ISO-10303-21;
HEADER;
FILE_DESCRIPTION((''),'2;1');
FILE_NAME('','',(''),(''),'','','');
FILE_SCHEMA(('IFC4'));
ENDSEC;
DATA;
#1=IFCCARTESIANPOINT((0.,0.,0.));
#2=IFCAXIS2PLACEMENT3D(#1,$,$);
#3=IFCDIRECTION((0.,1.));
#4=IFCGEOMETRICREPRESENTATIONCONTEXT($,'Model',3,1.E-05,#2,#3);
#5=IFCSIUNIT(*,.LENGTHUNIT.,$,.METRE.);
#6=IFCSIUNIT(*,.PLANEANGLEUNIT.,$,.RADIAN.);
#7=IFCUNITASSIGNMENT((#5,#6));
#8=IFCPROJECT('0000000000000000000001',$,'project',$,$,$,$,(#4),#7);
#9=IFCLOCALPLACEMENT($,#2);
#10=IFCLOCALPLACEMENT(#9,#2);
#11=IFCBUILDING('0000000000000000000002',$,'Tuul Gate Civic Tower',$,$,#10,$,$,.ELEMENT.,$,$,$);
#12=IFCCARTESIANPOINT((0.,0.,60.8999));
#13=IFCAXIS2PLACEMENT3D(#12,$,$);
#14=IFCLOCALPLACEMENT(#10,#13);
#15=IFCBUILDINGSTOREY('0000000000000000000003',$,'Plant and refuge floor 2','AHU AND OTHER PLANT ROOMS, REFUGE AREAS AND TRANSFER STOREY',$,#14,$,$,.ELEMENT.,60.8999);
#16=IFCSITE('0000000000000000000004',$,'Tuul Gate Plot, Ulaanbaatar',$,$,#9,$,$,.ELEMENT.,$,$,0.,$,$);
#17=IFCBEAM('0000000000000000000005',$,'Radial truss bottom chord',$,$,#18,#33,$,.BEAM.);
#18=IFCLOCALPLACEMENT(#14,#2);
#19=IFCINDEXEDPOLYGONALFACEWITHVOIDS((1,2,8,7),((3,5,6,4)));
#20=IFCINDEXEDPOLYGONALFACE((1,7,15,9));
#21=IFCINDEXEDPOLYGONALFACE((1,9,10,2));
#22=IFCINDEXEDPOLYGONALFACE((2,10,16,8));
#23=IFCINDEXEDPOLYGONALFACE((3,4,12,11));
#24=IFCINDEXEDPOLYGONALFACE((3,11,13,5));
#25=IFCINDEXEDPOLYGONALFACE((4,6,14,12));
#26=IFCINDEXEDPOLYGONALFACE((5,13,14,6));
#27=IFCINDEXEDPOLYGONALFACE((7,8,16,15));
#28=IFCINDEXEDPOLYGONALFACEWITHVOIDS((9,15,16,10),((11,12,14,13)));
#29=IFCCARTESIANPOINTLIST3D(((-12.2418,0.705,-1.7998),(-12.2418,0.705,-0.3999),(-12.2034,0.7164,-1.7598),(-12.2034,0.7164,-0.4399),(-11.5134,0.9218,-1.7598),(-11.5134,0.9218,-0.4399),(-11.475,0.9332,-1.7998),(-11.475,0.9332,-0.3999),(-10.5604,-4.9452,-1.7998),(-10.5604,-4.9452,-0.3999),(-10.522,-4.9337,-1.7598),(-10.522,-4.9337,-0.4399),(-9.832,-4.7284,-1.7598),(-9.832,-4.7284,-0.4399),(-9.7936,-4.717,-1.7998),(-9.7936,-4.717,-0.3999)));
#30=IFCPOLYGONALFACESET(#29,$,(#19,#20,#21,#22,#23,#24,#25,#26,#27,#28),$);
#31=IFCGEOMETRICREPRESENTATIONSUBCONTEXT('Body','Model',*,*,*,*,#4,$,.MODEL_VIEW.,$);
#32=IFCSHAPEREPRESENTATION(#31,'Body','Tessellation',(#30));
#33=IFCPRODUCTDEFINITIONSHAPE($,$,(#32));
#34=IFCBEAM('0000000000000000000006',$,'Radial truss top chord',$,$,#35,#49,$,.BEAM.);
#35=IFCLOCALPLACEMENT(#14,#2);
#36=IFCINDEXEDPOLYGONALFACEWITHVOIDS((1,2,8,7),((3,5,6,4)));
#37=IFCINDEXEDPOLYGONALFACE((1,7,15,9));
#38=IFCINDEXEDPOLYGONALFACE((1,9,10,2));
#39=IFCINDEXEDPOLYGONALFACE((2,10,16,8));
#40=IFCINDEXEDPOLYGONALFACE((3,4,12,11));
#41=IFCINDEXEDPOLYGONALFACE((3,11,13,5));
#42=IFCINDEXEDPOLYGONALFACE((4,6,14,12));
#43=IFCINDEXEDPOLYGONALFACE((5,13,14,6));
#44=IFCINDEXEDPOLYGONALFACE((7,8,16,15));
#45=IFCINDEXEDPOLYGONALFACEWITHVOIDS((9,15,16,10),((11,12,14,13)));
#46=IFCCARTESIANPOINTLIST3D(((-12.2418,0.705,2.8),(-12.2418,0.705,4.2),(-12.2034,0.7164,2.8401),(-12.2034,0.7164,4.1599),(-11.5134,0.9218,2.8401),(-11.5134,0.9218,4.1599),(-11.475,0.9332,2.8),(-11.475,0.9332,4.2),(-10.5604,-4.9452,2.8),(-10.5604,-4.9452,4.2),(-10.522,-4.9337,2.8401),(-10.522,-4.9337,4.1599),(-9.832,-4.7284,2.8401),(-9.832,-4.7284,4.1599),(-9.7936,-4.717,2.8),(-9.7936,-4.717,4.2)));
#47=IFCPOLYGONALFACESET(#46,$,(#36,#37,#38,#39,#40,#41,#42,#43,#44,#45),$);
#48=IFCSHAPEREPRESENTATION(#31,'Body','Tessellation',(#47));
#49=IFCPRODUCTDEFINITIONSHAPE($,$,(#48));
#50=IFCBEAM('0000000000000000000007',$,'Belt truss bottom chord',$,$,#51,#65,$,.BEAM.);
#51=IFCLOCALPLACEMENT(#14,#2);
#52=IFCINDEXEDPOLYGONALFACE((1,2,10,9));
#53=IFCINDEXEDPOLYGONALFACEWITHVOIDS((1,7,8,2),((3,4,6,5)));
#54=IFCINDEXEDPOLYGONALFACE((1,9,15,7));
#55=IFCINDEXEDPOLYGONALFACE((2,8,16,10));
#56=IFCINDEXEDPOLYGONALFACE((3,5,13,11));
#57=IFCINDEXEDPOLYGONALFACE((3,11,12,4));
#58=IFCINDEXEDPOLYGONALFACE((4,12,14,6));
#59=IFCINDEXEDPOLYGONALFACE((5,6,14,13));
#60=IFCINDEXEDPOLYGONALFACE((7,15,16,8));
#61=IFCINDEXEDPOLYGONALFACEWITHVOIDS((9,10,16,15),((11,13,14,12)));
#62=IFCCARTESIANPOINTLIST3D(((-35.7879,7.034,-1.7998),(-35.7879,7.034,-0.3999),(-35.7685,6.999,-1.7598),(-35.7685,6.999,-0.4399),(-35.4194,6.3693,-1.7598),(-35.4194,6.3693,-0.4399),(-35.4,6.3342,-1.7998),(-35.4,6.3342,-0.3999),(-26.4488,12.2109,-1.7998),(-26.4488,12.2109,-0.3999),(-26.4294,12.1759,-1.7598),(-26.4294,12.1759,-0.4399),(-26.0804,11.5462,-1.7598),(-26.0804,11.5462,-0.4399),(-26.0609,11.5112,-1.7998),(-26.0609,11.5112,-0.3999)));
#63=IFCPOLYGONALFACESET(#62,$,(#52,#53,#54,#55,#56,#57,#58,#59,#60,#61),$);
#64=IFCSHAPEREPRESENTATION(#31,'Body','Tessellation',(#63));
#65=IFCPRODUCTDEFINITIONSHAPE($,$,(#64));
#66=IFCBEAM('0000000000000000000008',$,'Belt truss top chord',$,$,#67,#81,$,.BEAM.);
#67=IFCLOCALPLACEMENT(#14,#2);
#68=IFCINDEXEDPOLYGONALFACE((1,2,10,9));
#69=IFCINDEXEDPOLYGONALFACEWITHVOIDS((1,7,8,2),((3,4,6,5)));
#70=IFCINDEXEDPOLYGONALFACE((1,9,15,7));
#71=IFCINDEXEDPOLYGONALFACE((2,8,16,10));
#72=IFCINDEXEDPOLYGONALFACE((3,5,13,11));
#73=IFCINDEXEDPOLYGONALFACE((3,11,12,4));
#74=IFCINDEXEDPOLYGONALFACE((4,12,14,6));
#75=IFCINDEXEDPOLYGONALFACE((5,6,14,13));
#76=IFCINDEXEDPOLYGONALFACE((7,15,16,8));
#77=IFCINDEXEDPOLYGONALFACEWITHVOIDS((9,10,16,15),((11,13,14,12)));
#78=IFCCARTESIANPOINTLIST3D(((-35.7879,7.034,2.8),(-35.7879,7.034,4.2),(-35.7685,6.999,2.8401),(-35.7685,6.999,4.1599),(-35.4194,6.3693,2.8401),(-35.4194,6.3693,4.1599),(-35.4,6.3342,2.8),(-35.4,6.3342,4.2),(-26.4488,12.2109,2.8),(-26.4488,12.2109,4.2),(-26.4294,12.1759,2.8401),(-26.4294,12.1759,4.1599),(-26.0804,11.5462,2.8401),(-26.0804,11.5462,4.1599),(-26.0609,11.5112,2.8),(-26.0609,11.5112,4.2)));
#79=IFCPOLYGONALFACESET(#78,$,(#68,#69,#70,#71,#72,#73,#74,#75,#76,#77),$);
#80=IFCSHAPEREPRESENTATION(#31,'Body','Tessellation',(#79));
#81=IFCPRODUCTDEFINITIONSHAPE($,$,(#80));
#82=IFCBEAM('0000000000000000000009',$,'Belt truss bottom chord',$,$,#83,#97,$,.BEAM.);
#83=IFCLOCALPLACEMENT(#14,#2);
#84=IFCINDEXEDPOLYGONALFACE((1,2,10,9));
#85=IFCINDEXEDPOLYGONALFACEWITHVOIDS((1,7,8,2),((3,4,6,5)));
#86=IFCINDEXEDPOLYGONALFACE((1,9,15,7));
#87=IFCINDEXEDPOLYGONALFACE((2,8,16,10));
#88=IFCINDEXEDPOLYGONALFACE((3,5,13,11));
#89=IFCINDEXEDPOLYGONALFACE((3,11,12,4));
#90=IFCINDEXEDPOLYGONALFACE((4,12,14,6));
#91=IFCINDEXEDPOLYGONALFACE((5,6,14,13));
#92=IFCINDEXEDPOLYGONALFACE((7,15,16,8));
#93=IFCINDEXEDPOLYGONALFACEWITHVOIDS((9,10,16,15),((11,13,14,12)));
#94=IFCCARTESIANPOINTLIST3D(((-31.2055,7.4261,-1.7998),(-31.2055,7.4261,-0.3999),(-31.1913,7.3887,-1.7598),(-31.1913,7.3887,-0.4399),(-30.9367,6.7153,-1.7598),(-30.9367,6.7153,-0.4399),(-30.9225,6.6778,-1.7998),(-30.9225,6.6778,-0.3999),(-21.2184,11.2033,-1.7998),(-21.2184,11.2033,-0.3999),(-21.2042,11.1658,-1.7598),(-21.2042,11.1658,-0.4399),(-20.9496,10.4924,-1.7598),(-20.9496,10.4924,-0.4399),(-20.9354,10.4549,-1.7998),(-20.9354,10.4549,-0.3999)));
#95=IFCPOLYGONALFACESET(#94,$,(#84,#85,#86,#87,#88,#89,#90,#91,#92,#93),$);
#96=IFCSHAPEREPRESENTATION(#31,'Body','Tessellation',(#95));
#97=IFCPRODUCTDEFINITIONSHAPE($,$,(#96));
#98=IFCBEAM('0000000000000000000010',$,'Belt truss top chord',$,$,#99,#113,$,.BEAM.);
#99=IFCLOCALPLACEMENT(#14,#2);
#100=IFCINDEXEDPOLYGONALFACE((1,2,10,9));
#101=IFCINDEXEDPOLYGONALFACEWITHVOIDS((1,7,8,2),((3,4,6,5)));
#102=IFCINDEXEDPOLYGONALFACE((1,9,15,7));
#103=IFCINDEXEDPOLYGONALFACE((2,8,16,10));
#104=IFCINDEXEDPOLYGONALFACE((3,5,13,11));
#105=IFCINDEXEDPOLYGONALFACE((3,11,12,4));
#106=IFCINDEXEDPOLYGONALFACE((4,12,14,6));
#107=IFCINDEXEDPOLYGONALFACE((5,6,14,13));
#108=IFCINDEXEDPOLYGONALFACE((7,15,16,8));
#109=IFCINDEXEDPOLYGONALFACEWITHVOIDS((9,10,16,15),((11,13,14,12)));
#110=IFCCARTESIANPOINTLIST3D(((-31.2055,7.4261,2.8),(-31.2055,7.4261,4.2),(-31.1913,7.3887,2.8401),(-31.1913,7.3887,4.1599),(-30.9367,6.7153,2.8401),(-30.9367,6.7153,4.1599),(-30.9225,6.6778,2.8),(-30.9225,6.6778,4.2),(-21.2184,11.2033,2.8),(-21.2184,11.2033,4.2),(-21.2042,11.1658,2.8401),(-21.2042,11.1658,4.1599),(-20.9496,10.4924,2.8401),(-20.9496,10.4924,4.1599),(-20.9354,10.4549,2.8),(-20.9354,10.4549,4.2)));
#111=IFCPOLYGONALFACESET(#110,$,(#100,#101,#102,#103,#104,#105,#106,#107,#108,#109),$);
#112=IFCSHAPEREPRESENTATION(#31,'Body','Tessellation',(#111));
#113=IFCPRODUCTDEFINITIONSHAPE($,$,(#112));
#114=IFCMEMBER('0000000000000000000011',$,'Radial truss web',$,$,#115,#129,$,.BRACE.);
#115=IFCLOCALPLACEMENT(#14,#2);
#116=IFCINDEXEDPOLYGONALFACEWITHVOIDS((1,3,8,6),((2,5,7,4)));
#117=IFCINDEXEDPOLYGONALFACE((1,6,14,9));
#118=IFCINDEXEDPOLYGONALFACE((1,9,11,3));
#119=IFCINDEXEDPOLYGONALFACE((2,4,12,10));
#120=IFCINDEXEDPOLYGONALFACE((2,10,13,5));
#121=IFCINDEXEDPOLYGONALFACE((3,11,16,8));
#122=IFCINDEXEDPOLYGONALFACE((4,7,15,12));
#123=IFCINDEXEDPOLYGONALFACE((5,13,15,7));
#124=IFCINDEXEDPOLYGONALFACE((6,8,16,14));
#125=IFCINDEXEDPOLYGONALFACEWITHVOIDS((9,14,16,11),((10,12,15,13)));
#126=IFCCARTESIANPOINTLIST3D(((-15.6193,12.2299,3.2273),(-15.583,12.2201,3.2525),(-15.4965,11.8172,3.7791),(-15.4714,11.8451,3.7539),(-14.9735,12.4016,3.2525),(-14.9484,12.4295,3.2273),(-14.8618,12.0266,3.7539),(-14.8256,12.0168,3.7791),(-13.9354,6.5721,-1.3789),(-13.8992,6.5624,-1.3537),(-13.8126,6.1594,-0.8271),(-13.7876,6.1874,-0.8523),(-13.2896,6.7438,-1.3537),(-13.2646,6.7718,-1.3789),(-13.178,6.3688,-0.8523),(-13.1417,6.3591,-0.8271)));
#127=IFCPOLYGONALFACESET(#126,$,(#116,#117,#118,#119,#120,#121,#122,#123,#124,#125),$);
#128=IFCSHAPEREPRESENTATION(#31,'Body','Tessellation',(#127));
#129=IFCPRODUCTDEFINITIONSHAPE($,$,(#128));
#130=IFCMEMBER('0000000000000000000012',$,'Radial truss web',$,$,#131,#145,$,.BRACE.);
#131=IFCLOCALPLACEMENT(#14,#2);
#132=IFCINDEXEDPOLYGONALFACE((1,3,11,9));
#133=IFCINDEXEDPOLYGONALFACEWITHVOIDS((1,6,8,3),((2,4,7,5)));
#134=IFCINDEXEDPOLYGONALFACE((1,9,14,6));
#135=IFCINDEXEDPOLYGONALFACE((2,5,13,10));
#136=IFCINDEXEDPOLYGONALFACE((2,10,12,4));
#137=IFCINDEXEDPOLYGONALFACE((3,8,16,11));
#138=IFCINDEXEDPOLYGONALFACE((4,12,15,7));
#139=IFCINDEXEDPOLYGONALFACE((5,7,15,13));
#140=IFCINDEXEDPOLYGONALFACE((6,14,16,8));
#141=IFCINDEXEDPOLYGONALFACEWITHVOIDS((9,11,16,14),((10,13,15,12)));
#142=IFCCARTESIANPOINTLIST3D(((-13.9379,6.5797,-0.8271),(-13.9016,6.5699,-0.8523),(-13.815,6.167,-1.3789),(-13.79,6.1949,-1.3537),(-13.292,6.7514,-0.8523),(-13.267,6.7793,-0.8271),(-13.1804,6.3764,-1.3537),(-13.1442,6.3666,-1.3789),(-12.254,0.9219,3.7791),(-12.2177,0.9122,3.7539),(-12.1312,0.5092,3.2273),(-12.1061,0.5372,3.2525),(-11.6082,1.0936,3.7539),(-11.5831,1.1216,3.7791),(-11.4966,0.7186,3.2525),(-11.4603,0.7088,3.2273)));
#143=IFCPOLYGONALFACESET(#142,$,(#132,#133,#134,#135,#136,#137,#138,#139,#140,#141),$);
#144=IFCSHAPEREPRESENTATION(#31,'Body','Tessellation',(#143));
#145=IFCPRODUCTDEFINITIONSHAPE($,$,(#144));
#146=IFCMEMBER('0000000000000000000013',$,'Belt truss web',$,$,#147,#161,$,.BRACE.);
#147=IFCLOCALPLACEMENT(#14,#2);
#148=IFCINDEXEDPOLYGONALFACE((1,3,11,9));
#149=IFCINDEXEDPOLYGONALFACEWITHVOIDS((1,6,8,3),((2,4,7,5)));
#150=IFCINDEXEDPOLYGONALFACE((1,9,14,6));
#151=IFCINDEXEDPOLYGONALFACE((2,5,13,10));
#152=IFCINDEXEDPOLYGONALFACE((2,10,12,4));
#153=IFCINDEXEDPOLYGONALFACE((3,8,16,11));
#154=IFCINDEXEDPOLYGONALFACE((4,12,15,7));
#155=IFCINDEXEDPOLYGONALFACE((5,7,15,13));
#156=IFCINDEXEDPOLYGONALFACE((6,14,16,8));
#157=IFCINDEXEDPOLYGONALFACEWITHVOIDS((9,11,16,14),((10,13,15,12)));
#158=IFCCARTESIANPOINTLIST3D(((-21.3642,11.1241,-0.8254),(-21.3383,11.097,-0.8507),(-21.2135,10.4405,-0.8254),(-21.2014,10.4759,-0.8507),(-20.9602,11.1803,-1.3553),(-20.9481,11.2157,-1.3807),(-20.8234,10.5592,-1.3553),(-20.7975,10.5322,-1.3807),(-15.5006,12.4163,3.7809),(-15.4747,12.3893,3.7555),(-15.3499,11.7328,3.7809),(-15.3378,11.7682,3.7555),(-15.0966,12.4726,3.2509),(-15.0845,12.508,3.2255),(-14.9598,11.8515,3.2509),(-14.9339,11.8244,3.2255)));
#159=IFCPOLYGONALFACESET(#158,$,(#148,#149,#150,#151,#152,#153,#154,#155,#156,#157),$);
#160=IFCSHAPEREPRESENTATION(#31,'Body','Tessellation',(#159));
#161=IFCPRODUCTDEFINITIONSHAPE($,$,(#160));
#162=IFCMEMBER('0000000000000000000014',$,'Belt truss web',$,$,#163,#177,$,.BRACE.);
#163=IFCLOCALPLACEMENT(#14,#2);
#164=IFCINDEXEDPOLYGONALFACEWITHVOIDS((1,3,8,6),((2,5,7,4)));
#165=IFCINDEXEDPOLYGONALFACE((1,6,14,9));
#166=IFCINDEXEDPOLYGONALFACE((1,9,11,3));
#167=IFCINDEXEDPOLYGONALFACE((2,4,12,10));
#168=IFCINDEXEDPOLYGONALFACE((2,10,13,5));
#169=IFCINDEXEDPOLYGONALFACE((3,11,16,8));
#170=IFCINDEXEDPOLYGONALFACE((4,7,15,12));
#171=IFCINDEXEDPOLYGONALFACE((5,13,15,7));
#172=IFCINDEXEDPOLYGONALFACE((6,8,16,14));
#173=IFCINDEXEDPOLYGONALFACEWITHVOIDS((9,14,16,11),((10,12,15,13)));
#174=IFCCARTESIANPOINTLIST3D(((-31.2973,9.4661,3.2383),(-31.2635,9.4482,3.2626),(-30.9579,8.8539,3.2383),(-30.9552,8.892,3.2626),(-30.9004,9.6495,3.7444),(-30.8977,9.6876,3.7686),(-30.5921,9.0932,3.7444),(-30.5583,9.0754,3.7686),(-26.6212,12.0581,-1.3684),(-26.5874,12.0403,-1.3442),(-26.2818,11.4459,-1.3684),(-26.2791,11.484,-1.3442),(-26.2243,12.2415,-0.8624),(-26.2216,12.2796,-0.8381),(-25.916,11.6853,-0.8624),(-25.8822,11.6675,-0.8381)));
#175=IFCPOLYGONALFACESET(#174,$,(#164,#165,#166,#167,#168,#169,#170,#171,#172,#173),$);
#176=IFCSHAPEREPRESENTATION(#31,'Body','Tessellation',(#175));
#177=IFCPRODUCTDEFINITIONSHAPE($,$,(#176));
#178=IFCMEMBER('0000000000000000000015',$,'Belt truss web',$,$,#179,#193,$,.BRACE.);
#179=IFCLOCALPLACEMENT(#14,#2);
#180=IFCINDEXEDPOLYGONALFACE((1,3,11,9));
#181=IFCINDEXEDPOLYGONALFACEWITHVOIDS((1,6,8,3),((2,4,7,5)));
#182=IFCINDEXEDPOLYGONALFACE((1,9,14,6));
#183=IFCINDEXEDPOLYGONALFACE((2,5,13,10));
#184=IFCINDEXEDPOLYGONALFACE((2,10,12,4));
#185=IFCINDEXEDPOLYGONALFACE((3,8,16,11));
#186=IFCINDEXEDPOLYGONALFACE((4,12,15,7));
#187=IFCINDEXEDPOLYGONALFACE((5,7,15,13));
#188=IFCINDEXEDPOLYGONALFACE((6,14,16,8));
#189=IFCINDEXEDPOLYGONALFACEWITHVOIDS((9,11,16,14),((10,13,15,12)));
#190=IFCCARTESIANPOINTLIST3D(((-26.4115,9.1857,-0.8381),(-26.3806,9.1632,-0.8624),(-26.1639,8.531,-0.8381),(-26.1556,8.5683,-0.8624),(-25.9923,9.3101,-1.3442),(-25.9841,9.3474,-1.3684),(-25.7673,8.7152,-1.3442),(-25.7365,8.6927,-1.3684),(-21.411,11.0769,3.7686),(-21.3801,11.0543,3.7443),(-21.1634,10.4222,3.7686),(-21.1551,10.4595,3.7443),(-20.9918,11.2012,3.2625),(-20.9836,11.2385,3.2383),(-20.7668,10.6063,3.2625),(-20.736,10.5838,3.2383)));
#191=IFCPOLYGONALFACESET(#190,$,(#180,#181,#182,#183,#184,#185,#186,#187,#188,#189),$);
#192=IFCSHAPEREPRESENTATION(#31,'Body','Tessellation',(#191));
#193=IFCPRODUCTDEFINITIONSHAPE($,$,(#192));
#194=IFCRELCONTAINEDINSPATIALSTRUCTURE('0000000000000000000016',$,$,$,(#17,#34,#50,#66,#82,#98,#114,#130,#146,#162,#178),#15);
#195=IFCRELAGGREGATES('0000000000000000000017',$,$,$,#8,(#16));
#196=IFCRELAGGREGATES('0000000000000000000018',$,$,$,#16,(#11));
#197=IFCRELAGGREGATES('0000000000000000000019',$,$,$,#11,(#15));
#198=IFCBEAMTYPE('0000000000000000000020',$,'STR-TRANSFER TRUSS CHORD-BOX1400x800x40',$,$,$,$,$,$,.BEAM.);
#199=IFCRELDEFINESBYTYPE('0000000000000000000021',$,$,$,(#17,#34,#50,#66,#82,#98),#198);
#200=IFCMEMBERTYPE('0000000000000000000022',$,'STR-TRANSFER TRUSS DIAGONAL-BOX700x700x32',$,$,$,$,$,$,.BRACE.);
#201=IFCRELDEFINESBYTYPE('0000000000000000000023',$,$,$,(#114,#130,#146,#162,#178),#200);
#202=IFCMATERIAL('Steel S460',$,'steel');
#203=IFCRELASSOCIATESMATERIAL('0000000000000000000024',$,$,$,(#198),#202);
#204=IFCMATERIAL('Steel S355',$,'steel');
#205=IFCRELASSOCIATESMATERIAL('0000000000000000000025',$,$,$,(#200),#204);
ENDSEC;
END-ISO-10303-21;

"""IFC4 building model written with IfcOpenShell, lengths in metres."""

from ifc_helpers import new_model, si_unit, direction, frame, origin, origin_2d, place, context, subcontext, project, spatial, hollow_rectangle, extrude, material, material_profile, profile_set, type_object, element, save


model = new_model("IFC4")

# Units and contexts
model_context = context("Model", 3, precision=1e-05, world=origin(), true_north=direction((0.0, 1.0)))
body_context = subcontext(model_context, "Body", "Model", "MODEL_VIEW")
ifc_project = project(units=[si_unit("LENGTHUNIT", "METRE"), si_unit("PLANEANGLEUNIT", "RADIAN")], contexts=[model_context])

# Site, building, storey
site_placement = place(None, origin())
site = spatial("IfcSite", under=ifc_project, at=site_placement, Name="Tuul Gate Plot, Ulaanbaatar", CompositionType="ELEMENT", RefElevation=0.0)
building_placement = place(site_placement, origin())
building = spatial("IfcBuilding", under=site, at=building_placement, Name="Tuul Gate Civic Tower", CompositionType="ELEMENT")
storey_placement = place(building_placement, frame((0.0, 0.0, 60.8999)))
storey = spatial("IfcBuildingStorey", under=building, at=storey_placement, Name="Plant and refuge floor 2", Description="AHU AND OTHER PLANT ROOMS, REFUGE AREAS AND TRANSFER STOREY", CompositionType="ELEMENT", Elevation=60.8999)

# Beams
ifc_material_1 = material(Name="Steel S460", Category="steel")
ifc_material_profile_1 = material_profile(ifc_material_1, hollow_rectangle(XDim=0.8, YDim=1.3999, WallThickness=0.04, at=origin_2d()), Name="BOX1400x800x40")
ifc_profile_set_1 = profile_set([ifc_material_profile_1], Name="Steel S460")
beam_type = type_object("IfcBeamType", Name="STR-TRANSFER TRUSS CHORD-BOX1400x800x40", PredefinedType="BEAM", material=ifc_profile_set_1)
for number, where, z_axis, x_axis, name in (
    (1, (-11.8584, 0.8191, -1.0999), (0.285223, -0.958461, 0.0), (0.958461, 0.285223, 0.0), "Radial truss bottom chord"),
    (2, (-11.8584, 0.8191, 3.5), (0.285223, -0.958461, 0.0), (0.958461, 0.285223, 0.0), "Radial truss top chord"),
):
    element("IfcBeam", number, at=place(storey_placement, frame(where, z_axis=z_axis, x_axis=x_axis)), inside=storey, type_object=beam_type, Name=name, PredefinedType="BEAM", context=body_context, shape_type="SweptSolid", body=[
        extrude(hollow_rectangle(XDim=0.8, YDim=1.3999, WallThickness=0.04, at=origin_2d()), origin(), (0.0, 0.0, 1.0), 5.895),
    ])
for number, where, z_axis, x_axis, name in (
    (3, (-26.2549, 11.8611, -1.0999), (-0.87461, -0.484827, 0.0), (0.484827, -0.87461, 0.0), "Belt truss bottom chord"),
    (4, (-26.2549, 11.8611, 3.5), (-0.87461, -0.484827, 0.0), (0.484827, -0.87461, 0.0), "Belt truss top chord"),
):
    element("IfcBeam", number, at=place(storey_placement, frame(where, z_axis=z_axis, x_axis=x_axis)), inside=storey, type_object=beam_type, Name=name, PredefinedType="BEAM", context=body_context, shape_type="SweptSolid", body=[
        extrude(hollow_rectangle(XDim=0.8, YDim=1.3999, WallThickness=0.04, at=origin_2d()), origin(), (0.0, 0.0, 1.0), 10.678),
    ])
for number, where, z_axis, x_axis, name in (
    (5, (-21.0769, 10.8291, -1.0999), (-0.935342, -0.353746, 0.0), (0.353746, -0.935342, 0.0), "Belt truss bottom chord"),
    (6, (-21.0769, 10.8291, 3.5), (-0.935342, -0.353746, 0.0), (0.353746, -0.935342, 0.0), "Belt truss top chord"),
):
    element("IfcBeam", number, at=place(storey_placement, frame(where, z_axis=z_axis, x_axis=x_axis)), inside=storey, type_object=beam_type, Name=name, PredefinedType="BEAM", context=body_context, shape_type="SweptSolid", body=[
        extrude(hollow_rectangle(XDim=0.8, YDim=1.3999, WallThickness=0.04, at=origin_2d()), origin(), (0.0, 0.0, 1.0), 10.6775),
    ])

# Members
ifc_material_2 = material(Name="Steel S355", Category="steel")
ifc_material_profile_2 = material_profile(ifc_material_2, hollow_rectangle(XDim=0.7, YDim=0.7, WallThickness=0.032, at=origin_2d()), Name="BOX700x700x32")
ifc_profile_set_2 = profile_set([ifc_material_profile_2], Name="Steel S355")
member_type_1 = type_object("IfcMemberType", Name="STR-TRANSFER TRUSS DIAGONAL-BOX700x700x32", PredefinedType="BRACE", material=ifc_profile_set_2)
for number, where, z_axis, x_axis, name in (
    (7, (-13.5386, 6.4656, -1.103), (-0.224888, 0.755625, 0.615188), (-0.958452, -0.285253, 0.0), "Radial truss web"),
    (8, (-13.541, 6.4731, -1.103), (0.224888, -0.755625, 0.615188), (0.958452, 0.285253, 0.0), "Radial truss web"),
):
    element("IfcMember", number, at=place(storey_placement, frame(where, z_axis=z_axis, x_axis=x_axis)), inside=storey, type_object=member_type_1, Name=name, PredefinedType="BRACE", context=body_context, shape_type="SweptSolid", body=[
        extrude(hollow_rectangle(XDim=0.7, YDim=0.7, WallThickness=0.032, at=origin_2d()), origin(), (0.0, 0.0, 1.0), 7.4875),
    ])
member_1_placement = place(storey_placement, frame((-21.0808, 10.8281, -1.103), z_axis=(0.774824, 0.17076, 0.608678), x_axis=(-0.215221, 0.976565, 0.0)))
element("IfcMember", 9, at=member_1_placement, inside=storey, type_object=member_type_1, Name="Belt truss web", PredefinedType="BRACE", context=body_context, shape_type="SweptSolid", body=[
    extrude(hollow_rectangle(XDim=0.7, YDim=0.7, WallThickness=0.032, at=origin_2d()), origin(), (0.0, 0.0, 1.0), 7.5676),
])
member_2_placement = place(storey_placement, frame((-26.2517, 11.8628, -1.1033), z_axis=(-0.66258, -0.367285, 0.652755), x_axis=(0.484821, -0.874614, 0.0)))
element("IfcMember", 10, at=member_2_placement, inside=storey, type_object=member_type_1, Name="Belt truss web", PredefinedType="BRACE", context=body_context, shape_type="SweptSolid", body=[
    extrude(hollow_rectangle(XDim=0.7, YDim=0.7, WallThickness=0.032, at=origin_2d()), origin(), (0.0, 0.0, 1.0), 7.0574),
])
member_3_placement = place(storey_placement, frame((-26.074, 8.9392, -1.1033), z_axis=(0.708575, 0.267973, 0.652773), x_axis=(-0.353734, 0.935346, 0.0)))
element("IfcMember", 11, at=member_3_placement, inside=storey, type_object=member_type_1, Name="Belt truss web", PredefinedType="BRACE", context=body_context, shape_type="SweptSolid", body=[
    extrude(hollow_rectangle(XDim=0.7, YDim=0.7, WallThickness=0.032, at=origin_2d()), origin(), (0.0, 0.0, 1.0), 7.0571),
])

save(model, "model.ifc")
